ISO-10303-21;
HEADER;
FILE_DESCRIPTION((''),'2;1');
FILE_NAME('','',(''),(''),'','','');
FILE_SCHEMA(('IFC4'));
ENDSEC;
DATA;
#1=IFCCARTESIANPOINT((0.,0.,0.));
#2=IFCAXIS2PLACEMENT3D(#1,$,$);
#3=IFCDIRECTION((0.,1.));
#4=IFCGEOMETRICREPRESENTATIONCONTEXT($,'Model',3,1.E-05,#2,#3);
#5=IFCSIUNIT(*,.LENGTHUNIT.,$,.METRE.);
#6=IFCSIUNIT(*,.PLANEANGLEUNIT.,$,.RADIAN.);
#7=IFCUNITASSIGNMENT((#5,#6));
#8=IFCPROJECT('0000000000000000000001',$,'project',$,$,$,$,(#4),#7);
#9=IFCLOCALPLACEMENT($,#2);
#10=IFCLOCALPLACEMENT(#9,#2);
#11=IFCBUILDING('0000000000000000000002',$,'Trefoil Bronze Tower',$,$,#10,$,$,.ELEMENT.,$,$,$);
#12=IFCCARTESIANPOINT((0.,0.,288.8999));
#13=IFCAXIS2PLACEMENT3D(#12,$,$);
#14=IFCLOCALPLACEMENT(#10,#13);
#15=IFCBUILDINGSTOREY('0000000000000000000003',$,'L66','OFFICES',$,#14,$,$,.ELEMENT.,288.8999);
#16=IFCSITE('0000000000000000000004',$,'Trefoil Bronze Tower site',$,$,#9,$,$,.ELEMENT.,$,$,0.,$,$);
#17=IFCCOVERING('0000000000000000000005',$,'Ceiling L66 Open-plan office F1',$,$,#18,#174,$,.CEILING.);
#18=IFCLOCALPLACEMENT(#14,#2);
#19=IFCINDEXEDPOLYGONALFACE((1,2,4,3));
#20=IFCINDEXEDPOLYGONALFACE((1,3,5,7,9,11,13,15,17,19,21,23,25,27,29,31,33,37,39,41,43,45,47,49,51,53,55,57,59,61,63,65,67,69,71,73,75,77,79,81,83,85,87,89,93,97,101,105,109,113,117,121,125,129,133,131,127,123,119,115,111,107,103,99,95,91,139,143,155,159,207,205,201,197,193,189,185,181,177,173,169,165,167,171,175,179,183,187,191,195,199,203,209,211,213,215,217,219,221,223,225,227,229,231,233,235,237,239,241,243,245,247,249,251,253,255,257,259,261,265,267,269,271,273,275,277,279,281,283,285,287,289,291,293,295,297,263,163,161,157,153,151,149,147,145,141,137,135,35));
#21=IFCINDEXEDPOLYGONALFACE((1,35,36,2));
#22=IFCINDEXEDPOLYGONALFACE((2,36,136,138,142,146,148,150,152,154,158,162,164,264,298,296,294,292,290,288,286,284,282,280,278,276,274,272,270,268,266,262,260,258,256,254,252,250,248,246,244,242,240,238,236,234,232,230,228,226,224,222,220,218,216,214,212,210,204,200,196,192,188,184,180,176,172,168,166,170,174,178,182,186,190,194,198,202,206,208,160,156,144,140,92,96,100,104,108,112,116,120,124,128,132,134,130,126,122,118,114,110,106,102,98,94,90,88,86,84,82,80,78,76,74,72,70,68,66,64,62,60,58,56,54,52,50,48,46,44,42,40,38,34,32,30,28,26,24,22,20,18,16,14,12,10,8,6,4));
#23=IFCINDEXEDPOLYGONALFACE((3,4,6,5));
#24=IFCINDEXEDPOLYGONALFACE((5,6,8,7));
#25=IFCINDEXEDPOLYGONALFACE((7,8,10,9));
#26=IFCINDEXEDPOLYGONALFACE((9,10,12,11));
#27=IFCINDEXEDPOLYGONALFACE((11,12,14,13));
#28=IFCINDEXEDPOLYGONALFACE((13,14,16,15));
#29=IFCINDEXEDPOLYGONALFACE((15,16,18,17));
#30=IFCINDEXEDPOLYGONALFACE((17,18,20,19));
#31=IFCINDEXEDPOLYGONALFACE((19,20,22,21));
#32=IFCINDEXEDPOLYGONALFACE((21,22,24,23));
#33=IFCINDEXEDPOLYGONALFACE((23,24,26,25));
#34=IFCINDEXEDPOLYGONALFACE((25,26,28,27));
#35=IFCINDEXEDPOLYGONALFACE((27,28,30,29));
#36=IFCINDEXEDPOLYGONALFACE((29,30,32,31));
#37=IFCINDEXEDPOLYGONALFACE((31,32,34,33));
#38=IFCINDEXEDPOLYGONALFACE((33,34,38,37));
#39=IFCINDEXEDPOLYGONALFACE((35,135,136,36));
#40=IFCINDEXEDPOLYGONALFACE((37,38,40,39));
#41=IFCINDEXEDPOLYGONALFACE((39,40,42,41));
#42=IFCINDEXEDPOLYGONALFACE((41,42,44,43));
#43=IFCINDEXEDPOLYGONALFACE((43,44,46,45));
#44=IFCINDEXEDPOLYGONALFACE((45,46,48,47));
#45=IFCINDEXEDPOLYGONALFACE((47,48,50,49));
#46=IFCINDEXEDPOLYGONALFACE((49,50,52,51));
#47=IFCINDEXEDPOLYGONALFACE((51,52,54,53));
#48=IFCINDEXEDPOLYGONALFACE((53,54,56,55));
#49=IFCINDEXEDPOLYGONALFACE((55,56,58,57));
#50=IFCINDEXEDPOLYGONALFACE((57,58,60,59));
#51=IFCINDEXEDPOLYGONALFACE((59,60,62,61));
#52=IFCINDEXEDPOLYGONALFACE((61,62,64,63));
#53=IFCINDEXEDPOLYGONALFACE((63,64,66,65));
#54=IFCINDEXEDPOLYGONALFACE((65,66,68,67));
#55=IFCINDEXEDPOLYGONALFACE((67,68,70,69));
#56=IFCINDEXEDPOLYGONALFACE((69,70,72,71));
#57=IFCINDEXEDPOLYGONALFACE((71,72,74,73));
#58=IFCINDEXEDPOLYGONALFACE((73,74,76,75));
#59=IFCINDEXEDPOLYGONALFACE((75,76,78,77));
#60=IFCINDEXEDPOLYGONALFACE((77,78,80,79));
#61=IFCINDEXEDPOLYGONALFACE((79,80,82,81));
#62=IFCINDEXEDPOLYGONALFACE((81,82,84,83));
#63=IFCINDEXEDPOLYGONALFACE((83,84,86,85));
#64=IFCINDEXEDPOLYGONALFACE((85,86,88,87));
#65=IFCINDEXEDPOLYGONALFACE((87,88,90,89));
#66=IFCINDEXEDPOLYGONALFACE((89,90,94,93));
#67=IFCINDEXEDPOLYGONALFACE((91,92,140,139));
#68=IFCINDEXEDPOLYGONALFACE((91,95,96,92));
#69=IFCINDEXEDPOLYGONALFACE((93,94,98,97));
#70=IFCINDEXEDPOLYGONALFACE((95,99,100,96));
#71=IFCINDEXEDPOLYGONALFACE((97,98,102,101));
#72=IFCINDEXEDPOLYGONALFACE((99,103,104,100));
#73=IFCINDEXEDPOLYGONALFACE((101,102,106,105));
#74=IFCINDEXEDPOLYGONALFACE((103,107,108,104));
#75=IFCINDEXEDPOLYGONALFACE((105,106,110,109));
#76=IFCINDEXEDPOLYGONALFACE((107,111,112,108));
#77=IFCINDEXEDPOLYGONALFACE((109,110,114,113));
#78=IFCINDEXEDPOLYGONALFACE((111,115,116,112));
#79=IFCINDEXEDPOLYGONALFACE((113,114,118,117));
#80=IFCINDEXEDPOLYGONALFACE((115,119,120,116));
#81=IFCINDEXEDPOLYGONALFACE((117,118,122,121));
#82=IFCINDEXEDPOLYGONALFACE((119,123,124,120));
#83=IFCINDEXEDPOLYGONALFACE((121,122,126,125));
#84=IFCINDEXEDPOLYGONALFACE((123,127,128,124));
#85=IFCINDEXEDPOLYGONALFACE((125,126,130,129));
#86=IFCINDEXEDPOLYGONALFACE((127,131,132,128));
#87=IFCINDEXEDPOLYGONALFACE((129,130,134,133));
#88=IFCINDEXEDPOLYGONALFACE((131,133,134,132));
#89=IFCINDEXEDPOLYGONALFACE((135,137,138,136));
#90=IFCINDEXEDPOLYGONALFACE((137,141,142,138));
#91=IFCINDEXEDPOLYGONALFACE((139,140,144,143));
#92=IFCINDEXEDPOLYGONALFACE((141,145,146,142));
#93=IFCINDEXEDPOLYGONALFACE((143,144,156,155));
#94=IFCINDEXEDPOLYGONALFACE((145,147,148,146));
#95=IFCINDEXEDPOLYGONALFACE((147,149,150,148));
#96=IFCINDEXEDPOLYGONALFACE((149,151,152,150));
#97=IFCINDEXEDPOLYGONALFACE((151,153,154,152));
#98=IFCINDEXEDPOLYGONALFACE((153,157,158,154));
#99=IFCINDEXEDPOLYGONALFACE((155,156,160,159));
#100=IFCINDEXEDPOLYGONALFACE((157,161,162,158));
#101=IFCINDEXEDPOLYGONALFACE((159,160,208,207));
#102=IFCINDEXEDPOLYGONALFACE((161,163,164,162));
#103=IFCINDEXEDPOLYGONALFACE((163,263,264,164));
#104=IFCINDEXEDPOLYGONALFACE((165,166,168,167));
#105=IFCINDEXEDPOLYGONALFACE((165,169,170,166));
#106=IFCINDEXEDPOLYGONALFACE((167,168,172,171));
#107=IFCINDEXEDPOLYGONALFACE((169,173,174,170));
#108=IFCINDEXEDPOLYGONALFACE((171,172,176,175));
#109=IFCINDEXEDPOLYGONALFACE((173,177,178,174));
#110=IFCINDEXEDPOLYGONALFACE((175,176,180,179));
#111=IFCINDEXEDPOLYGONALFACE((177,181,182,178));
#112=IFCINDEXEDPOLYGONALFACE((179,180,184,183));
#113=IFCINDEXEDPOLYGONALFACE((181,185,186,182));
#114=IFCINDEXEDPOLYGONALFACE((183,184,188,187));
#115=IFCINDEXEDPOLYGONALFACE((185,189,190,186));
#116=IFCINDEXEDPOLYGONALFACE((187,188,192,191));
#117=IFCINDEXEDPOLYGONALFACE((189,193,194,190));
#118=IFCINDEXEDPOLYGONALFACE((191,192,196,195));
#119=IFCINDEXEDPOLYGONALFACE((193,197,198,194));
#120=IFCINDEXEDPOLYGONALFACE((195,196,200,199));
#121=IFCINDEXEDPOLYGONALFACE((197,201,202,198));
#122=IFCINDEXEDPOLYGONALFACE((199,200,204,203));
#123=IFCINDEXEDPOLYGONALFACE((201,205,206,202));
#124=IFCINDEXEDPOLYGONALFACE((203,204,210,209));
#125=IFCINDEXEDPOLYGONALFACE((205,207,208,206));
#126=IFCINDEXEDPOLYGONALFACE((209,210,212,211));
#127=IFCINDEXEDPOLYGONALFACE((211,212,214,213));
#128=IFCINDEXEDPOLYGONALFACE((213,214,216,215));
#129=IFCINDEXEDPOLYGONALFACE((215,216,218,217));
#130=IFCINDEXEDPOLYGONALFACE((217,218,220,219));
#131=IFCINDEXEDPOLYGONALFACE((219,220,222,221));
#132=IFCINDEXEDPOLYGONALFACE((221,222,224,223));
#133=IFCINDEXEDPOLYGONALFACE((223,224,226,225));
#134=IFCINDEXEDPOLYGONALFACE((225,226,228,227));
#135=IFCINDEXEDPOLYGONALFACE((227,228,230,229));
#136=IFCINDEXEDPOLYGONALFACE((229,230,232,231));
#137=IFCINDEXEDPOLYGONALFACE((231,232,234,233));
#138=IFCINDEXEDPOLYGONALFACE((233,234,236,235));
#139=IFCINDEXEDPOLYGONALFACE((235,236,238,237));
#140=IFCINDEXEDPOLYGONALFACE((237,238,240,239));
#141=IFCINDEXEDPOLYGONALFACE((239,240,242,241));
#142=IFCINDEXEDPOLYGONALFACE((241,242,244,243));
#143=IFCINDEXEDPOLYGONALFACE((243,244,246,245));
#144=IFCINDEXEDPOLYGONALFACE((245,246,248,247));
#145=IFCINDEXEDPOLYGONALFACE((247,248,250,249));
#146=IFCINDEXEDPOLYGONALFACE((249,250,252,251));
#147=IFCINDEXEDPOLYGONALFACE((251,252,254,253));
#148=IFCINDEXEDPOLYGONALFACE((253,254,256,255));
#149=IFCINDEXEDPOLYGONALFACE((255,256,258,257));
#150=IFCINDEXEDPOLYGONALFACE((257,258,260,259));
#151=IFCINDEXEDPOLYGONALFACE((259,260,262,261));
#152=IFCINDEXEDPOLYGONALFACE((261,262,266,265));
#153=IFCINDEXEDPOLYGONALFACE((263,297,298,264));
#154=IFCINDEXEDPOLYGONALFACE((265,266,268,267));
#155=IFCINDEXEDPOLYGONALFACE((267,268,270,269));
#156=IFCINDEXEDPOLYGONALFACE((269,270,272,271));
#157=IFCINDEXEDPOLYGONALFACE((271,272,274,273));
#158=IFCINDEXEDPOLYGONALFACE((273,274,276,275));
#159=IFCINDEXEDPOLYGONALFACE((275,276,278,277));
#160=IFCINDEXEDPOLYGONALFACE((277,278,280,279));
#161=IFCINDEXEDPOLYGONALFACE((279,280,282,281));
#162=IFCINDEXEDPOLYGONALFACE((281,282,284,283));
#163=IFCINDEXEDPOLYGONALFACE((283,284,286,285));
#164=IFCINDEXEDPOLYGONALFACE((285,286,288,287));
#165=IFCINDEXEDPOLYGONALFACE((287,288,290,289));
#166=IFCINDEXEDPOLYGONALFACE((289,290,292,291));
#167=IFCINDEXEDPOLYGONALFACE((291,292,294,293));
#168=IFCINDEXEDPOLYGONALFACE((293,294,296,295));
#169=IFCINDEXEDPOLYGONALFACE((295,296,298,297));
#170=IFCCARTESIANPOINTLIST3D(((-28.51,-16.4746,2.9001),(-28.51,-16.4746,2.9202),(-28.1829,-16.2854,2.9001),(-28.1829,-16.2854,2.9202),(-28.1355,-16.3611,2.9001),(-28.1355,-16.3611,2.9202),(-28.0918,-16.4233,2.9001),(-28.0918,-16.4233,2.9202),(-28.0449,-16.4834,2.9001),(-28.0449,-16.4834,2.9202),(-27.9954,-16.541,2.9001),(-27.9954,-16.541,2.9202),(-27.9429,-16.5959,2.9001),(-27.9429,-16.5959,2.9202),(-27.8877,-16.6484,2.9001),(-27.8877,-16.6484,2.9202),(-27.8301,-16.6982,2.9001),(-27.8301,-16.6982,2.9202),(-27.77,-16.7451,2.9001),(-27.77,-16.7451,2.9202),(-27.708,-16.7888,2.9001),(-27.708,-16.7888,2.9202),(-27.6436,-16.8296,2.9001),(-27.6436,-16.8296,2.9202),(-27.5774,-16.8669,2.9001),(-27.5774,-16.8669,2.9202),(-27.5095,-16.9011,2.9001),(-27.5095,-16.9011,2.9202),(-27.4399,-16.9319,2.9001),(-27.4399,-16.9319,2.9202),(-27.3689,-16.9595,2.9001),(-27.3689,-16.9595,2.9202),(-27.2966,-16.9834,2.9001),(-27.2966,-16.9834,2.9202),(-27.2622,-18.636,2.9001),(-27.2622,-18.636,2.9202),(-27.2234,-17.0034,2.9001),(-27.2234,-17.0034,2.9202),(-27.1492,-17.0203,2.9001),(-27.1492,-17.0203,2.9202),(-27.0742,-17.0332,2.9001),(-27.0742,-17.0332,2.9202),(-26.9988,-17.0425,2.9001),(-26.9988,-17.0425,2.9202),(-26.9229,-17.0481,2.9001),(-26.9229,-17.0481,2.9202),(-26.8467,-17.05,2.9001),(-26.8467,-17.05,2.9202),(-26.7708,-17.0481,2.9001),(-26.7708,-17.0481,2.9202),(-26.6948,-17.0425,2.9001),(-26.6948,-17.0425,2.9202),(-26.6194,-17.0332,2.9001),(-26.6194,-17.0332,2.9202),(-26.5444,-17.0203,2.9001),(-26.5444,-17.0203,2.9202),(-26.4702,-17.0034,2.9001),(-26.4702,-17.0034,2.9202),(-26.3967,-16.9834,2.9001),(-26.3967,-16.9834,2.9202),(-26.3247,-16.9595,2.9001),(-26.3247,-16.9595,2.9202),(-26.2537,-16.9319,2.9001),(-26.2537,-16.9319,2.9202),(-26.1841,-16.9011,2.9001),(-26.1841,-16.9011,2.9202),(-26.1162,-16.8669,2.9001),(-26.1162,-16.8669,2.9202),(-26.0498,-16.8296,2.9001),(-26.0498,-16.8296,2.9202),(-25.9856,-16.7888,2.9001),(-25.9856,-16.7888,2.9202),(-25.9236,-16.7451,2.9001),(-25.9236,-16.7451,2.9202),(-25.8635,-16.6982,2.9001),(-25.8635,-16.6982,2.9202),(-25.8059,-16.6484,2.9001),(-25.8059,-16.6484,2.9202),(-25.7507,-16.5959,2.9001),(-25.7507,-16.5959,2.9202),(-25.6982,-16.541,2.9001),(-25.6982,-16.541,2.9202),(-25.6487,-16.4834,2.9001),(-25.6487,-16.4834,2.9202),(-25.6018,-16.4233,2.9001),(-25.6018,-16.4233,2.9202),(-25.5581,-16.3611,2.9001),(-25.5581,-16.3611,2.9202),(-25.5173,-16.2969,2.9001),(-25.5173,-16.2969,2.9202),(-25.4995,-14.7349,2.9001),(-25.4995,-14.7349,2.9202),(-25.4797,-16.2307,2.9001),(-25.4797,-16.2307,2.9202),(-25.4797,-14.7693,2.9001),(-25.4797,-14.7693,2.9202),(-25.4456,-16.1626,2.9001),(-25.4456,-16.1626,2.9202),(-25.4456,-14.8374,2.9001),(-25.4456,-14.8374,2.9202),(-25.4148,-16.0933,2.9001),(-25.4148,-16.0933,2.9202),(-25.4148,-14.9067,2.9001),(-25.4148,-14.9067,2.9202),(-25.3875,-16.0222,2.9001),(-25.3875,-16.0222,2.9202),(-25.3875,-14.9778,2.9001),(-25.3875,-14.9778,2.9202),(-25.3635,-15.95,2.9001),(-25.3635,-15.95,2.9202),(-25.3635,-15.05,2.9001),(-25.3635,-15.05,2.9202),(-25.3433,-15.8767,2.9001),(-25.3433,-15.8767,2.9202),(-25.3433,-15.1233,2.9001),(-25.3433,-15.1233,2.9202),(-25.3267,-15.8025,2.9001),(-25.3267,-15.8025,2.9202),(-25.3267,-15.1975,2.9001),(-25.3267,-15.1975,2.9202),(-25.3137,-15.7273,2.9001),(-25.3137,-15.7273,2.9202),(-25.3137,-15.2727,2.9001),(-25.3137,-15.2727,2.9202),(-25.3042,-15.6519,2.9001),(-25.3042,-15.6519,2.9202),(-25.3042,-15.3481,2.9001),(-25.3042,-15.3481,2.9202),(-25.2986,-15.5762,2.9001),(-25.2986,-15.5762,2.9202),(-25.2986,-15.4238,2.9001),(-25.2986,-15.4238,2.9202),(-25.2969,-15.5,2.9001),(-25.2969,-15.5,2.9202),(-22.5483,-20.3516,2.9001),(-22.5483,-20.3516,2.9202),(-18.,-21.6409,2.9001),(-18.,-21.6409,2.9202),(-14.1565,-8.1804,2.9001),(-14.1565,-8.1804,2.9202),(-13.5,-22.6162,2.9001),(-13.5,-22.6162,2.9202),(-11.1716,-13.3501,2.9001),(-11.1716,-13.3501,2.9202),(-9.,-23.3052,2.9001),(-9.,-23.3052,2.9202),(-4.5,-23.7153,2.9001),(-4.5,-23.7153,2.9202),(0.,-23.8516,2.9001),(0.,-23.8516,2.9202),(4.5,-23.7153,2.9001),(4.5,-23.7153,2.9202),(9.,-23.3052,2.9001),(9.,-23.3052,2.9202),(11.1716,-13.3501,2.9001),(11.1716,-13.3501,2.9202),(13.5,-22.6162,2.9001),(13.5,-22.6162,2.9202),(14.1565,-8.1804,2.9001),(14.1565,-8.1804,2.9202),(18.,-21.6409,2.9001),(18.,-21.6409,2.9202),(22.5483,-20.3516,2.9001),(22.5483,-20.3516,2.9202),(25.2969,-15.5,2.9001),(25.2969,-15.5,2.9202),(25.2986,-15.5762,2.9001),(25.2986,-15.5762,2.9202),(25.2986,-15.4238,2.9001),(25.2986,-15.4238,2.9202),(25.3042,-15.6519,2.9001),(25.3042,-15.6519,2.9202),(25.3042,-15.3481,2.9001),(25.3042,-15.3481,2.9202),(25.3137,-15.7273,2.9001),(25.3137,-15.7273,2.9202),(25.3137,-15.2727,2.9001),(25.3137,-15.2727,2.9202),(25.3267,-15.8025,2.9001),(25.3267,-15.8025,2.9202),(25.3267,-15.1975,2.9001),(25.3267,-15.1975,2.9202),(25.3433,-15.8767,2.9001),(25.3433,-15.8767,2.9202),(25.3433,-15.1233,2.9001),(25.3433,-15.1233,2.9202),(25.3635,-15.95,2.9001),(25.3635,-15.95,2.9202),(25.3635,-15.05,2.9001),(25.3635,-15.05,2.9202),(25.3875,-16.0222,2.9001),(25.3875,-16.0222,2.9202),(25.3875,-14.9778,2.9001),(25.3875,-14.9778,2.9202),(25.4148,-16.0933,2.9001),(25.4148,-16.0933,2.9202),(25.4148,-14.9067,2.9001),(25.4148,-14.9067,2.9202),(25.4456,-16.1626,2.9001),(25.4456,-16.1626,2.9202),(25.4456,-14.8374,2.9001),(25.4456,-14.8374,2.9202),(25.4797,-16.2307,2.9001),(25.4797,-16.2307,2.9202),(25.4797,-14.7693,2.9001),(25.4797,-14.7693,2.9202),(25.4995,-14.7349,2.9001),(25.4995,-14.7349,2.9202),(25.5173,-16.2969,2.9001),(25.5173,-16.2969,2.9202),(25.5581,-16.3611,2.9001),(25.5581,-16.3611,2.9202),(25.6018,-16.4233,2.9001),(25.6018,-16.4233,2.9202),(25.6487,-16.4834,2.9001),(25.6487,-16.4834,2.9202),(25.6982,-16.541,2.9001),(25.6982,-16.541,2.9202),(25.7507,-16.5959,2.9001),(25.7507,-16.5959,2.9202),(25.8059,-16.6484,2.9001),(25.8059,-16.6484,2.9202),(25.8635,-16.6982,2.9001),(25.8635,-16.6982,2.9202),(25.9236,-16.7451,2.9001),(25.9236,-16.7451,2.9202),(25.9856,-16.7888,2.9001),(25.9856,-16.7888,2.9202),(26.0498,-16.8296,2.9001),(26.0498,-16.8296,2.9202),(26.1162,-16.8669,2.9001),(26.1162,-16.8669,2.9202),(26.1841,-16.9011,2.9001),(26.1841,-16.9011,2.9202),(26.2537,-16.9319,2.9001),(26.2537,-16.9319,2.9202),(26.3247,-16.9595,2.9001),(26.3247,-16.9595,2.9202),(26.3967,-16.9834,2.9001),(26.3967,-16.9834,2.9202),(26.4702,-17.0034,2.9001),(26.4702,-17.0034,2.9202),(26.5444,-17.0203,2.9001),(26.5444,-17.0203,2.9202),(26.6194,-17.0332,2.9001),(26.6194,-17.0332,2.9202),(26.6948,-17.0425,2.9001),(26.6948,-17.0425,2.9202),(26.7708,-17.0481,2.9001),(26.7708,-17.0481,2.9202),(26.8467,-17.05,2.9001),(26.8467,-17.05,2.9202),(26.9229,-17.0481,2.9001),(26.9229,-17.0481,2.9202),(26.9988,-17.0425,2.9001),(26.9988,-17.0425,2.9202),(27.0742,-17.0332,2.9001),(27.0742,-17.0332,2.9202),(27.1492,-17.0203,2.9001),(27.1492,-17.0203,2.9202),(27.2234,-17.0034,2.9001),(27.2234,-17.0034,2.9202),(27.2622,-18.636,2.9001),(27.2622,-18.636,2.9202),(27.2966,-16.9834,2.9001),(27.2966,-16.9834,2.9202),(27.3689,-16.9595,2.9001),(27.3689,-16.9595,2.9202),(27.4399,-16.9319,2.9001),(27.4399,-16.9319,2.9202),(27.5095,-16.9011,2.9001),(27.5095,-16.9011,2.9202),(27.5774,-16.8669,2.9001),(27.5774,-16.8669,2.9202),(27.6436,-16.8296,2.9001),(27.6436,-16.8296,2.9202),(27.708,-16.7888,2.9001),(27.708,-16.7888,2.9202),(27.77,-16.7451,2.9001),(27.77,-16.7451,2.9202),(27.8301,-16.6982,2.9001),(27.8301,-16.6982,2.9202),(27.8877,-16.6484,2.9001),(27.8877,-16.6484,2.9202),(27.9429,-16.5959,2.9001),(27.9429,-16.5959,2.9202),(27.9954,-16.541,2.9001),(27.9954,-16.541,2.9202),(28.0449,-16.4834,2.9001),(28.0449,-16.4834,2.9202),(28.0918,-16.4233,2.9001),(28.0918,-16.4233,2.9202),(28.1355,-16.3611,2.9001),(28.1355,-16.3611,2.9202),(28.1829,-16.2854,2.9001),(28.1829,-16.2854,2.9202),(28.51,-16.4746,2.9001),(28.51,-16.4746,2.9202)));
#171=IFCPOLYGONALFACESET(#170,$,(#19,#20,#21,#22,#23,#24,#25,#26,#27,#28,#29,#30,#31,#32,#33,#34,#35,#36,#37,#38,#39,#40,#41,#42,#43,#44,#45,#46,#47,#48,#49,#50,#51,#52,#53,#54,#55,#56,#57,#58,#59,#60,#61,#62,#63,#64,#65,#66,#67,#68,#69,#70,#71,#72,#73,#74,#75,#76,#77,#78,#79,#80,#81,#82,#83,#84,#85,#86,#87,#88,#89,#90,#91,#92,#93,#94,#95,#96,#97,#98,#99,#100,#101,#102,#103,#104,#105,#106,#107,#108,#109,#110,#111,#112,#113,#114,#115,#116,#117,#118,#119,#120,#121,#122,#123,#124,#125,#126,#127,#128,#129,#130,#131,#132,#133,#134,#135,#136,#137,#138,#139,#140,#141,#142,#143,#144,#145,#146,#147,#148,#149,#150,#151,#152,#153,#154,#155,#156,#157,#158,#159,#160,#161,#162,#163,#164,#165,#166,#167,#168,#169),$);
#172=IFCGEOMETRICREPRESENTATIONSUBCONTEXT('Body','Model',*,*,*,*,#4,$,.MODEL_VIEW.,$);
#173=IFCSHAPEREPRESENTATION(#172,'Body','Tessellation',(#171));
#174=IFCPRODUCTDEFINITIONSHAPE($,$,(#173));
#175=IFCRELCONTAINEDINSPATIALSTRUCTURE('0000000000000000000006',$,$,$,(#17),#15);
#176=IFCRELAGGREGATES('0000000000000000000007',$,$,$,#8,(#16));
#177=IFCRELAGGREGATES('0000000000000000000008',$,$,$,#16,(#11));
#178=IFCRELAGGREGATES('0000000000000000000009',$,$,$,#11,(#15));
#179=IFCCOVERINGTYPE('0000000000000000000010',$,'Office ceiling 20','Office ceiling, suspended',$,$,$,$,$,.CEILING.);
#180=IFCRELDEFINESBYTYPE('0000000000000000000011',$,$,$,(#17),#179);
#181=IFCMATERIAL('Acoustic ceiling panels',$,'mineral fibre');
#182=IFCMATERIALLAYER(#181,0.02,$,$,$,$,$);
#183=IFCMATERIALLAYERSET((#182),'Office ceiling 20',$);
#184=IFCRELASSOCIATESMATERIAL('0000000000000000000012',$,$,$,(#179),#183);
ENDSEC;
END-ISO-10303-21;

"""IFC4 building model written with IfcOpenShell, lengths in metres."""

from ifc_helpers import new_model, si_unit, direction, frame, origin, place, context, subcontext, project, spatial, polyline, outline, extrude, material, layer, layer_set, type_object, element, save


model = new_model("IFC4")

# Units and contexts
model_context = context("Model", 3, precision=1e-05, world=origin(), true_north=direction((0.0, 1.0)))
body_context = subcontext(model_context, "Body", "Model", "MODEL_VIEW")
ifc_project = project(units=[si_unit("LENGTHUNIT", "METRE"), si_unit("PLANEANGLEUNIT", "RADIAN")], contexts=[model_context])

# Site, building, storey
site_placement = place(None, origin())
site = spatial("IfcSite", under=ifc_project, at=site_placement, Name="Trefoil Bronze Tower site", CompositionType="ELEMENT", RefElevation=0.0)
building_placement = place(site_placement, origin())
building = spatial("IfcBuilding", under=site, at=building_placement, Name="Trefoil Bronze Tower", CompositionType="ELEMENT")
storey_placement = place(building_placement, frame((0.0, 0.0, 288.8999)))
storey = spatial("IfcBuildingStorey", under=building, at=storey_placement, Name="L66", Description="OFFICES", CompositionType="ELEMENT", Elevation=288.8999)

# Covering
ifc_material_1 = material(Name="Acoustic ceiling panels", Category="mineral fibre")
ifc_layer_1 = layer(ifc_material_1, 0.02)
ifc_layer_set_1 = layer_set([ifc_layer_1], Name="Office ceiling 20")
covering_type_1 = type_object("IfcCoveringType", Name="Office ceiling 20", Description="Office ceiling, suspended", PredefinedType="CEILING", material=ifc_layer_set_1)
covering_1_placement = place(storey_placement, frame((0.0, 0.0, 2.9001)))
element("IfcCovering", 1, at=covering_1_placement, inside=storey, type_object=covering_type_1, Name="Ceiling L66 Open-plan office F1", PredefinedType="CEILING", context=body_context, shape_type="SweptSolid", body=[
    extrude(outline(polyline([(-28.1355, -16.3611), (-28.0918, -16.4233), (-28.0449, -16.4834), (-27.9954, -16.541), (-27.9429, -16.5959), (-27.8877, -16.6484), (-27.8301, -16.6982), (-27.77, -16.7451), (-27.708, -16.7888), (-27.6436, -16.8296), (-27.5774, -16.8669), (-27.5095, -16.9011), (-27.4399, -16.9319), (-27.3689, -16.9595), (-27.2966, -16.9834), (-27.2234, -17.0034), (-27.1492, -17.0203), (-27.0742, -17.0332), (-26.9988, -17.0425), (-26.9229, -17.0481), (-26.8467, -17.05), (-26.7708, -17.0481), (-26.6948, -17.0425), (-26.6194, -17.0332), (-26.5444, -17.0203), (-26.4702, -17.0034), (-26.3967, -16.9834), (-26.3247, -16.9595), (-26.2537, -16.9319), (-26.1841, -16.9011), (-26.1162, -16.8669), (-26.0498, -16.8296), (-25.9856, -16.7888), (-25.9236, -16.7451), (-25.8635, -16.6982), (-25.8059, -16.6484), (-25.7507, -16.5959), (-25.6982, -16.541), (-25.6487, -16.4834), (-25.6018, -16.4233), (-25.5581, -16.3611), (-25.5173, -16.2969), (-25.4797, -16.2307), (-25.4456, -16.1626), (-25.4148, -16.0933), (-25.3875, -16.0222), (-25.3635, -15.95), (-25.3433, -15.8767), (-25.3267, -15.8025), (-25.3137, -15.7273), (-25.3042, -15.6519), (-25.2986, -15.5762), (-25.2969, -15.5), (-25.2986, -15.4238), (-25.3042, -15.3481), (-25.3137, -15.2727), (-25.3267, -15.1975), (-25.3433, -15.1233), (-25.3635, -15.05), (-25.3875, -14.9778), (-25.4148, -14.9067), (-25.4456, -14.8374), (-25.4797, -14.7693), (-25.4995, -14.7349), (-14.1565, -8.1804), (-11.1716, -13.3501), (11.1716, -13.3501), (14.1565, -8.1804), (25.4995, -14.7349), (25.4797, -14.7693), (25.4456, -14.8374), (25.4148, -14.9067), (25.3875, -14.9778), (25.3635, -15.05), (25.3433, -15.1233), (25.3267, -15.1975), (25.3137, -15.2727), (25.3042, -15.3481), (25.2986, -15.4238), (25.2969, -15.5), (25.2986, -15.5762), (25.3042, -15.6519), (25.3137, -15.7273), (25.3267, -15.8025), (25.3433, -15.8767), (25.3635, -15.95), (25.3875, -16.0222), (25.4148, -16.0933), (25.4456, -16.1626), (25.4797, -16.2307), (25.5173, -16.2969), (25.5581, -16.3611), (25.6018, -16.4233), (25.6487, -16.4834), (25.6982, -16.541), (25.7507, -16.5959), (25.8059, -16.6484), (25.8635, -16.6982), (25.9236, -16.7451), (25.9856, -16.7888), (26.0498, -16.8296), (26.1162, -16.8669), (26.1841, -16.9011), (26.2537, -16.9319), (26.3247, -16.9595), (26.3967, -16.9834), (26.4702, -17.0034), (26.5444, -17.0203), (26.6194, -17.0332), (26.6948, -17.0425), (26.7708, -17.0481), (26.8467, -17.05), (26.9229, -17.0481), (26.9988, -17.0425), (27.0742, -17.0332), (27.1492, -17.0203), (27.2234, -17.0034), (27.2966, -16.9834), (27.3689, -16.9595), (27.4399, -16.9319), (27.5095, -16.9011), (27.5774, -16.8669), (27.6436, -16.8296), (27.708, -16.7888), (27.77, -16.7451), (27.8301, -16.6982), (27.8877, -16.6484), (27.9429, -16.5959), (27.9954, -16.541), (28.0449, -16.4834), (28.0918, -16.4233), (28.1355, -16.3611), (28.1829, -16.2854), (28.51, -16.4746), (27.2622, -18.636), (22.5483, -20.3516), (18.0, -21.6409), (13.5, -22.6162), (9.0, -23.3052), (4.5, -23.7153), (0.0, -23.8516), (-4.5, -23.7153), (-9.0, -23.3052), (-13.5, -22.6162), (-18.0, -21.6409), (-22.5483, -20.3516), (-27.2622, -18.636), (-28.51, -16.4746), (-28.1829, -16.2854), (-28.1355, -16.3611)])), origin(), (0.0, 0.0, 1.0), 0.02),
])

save(model, "model.ifc")
